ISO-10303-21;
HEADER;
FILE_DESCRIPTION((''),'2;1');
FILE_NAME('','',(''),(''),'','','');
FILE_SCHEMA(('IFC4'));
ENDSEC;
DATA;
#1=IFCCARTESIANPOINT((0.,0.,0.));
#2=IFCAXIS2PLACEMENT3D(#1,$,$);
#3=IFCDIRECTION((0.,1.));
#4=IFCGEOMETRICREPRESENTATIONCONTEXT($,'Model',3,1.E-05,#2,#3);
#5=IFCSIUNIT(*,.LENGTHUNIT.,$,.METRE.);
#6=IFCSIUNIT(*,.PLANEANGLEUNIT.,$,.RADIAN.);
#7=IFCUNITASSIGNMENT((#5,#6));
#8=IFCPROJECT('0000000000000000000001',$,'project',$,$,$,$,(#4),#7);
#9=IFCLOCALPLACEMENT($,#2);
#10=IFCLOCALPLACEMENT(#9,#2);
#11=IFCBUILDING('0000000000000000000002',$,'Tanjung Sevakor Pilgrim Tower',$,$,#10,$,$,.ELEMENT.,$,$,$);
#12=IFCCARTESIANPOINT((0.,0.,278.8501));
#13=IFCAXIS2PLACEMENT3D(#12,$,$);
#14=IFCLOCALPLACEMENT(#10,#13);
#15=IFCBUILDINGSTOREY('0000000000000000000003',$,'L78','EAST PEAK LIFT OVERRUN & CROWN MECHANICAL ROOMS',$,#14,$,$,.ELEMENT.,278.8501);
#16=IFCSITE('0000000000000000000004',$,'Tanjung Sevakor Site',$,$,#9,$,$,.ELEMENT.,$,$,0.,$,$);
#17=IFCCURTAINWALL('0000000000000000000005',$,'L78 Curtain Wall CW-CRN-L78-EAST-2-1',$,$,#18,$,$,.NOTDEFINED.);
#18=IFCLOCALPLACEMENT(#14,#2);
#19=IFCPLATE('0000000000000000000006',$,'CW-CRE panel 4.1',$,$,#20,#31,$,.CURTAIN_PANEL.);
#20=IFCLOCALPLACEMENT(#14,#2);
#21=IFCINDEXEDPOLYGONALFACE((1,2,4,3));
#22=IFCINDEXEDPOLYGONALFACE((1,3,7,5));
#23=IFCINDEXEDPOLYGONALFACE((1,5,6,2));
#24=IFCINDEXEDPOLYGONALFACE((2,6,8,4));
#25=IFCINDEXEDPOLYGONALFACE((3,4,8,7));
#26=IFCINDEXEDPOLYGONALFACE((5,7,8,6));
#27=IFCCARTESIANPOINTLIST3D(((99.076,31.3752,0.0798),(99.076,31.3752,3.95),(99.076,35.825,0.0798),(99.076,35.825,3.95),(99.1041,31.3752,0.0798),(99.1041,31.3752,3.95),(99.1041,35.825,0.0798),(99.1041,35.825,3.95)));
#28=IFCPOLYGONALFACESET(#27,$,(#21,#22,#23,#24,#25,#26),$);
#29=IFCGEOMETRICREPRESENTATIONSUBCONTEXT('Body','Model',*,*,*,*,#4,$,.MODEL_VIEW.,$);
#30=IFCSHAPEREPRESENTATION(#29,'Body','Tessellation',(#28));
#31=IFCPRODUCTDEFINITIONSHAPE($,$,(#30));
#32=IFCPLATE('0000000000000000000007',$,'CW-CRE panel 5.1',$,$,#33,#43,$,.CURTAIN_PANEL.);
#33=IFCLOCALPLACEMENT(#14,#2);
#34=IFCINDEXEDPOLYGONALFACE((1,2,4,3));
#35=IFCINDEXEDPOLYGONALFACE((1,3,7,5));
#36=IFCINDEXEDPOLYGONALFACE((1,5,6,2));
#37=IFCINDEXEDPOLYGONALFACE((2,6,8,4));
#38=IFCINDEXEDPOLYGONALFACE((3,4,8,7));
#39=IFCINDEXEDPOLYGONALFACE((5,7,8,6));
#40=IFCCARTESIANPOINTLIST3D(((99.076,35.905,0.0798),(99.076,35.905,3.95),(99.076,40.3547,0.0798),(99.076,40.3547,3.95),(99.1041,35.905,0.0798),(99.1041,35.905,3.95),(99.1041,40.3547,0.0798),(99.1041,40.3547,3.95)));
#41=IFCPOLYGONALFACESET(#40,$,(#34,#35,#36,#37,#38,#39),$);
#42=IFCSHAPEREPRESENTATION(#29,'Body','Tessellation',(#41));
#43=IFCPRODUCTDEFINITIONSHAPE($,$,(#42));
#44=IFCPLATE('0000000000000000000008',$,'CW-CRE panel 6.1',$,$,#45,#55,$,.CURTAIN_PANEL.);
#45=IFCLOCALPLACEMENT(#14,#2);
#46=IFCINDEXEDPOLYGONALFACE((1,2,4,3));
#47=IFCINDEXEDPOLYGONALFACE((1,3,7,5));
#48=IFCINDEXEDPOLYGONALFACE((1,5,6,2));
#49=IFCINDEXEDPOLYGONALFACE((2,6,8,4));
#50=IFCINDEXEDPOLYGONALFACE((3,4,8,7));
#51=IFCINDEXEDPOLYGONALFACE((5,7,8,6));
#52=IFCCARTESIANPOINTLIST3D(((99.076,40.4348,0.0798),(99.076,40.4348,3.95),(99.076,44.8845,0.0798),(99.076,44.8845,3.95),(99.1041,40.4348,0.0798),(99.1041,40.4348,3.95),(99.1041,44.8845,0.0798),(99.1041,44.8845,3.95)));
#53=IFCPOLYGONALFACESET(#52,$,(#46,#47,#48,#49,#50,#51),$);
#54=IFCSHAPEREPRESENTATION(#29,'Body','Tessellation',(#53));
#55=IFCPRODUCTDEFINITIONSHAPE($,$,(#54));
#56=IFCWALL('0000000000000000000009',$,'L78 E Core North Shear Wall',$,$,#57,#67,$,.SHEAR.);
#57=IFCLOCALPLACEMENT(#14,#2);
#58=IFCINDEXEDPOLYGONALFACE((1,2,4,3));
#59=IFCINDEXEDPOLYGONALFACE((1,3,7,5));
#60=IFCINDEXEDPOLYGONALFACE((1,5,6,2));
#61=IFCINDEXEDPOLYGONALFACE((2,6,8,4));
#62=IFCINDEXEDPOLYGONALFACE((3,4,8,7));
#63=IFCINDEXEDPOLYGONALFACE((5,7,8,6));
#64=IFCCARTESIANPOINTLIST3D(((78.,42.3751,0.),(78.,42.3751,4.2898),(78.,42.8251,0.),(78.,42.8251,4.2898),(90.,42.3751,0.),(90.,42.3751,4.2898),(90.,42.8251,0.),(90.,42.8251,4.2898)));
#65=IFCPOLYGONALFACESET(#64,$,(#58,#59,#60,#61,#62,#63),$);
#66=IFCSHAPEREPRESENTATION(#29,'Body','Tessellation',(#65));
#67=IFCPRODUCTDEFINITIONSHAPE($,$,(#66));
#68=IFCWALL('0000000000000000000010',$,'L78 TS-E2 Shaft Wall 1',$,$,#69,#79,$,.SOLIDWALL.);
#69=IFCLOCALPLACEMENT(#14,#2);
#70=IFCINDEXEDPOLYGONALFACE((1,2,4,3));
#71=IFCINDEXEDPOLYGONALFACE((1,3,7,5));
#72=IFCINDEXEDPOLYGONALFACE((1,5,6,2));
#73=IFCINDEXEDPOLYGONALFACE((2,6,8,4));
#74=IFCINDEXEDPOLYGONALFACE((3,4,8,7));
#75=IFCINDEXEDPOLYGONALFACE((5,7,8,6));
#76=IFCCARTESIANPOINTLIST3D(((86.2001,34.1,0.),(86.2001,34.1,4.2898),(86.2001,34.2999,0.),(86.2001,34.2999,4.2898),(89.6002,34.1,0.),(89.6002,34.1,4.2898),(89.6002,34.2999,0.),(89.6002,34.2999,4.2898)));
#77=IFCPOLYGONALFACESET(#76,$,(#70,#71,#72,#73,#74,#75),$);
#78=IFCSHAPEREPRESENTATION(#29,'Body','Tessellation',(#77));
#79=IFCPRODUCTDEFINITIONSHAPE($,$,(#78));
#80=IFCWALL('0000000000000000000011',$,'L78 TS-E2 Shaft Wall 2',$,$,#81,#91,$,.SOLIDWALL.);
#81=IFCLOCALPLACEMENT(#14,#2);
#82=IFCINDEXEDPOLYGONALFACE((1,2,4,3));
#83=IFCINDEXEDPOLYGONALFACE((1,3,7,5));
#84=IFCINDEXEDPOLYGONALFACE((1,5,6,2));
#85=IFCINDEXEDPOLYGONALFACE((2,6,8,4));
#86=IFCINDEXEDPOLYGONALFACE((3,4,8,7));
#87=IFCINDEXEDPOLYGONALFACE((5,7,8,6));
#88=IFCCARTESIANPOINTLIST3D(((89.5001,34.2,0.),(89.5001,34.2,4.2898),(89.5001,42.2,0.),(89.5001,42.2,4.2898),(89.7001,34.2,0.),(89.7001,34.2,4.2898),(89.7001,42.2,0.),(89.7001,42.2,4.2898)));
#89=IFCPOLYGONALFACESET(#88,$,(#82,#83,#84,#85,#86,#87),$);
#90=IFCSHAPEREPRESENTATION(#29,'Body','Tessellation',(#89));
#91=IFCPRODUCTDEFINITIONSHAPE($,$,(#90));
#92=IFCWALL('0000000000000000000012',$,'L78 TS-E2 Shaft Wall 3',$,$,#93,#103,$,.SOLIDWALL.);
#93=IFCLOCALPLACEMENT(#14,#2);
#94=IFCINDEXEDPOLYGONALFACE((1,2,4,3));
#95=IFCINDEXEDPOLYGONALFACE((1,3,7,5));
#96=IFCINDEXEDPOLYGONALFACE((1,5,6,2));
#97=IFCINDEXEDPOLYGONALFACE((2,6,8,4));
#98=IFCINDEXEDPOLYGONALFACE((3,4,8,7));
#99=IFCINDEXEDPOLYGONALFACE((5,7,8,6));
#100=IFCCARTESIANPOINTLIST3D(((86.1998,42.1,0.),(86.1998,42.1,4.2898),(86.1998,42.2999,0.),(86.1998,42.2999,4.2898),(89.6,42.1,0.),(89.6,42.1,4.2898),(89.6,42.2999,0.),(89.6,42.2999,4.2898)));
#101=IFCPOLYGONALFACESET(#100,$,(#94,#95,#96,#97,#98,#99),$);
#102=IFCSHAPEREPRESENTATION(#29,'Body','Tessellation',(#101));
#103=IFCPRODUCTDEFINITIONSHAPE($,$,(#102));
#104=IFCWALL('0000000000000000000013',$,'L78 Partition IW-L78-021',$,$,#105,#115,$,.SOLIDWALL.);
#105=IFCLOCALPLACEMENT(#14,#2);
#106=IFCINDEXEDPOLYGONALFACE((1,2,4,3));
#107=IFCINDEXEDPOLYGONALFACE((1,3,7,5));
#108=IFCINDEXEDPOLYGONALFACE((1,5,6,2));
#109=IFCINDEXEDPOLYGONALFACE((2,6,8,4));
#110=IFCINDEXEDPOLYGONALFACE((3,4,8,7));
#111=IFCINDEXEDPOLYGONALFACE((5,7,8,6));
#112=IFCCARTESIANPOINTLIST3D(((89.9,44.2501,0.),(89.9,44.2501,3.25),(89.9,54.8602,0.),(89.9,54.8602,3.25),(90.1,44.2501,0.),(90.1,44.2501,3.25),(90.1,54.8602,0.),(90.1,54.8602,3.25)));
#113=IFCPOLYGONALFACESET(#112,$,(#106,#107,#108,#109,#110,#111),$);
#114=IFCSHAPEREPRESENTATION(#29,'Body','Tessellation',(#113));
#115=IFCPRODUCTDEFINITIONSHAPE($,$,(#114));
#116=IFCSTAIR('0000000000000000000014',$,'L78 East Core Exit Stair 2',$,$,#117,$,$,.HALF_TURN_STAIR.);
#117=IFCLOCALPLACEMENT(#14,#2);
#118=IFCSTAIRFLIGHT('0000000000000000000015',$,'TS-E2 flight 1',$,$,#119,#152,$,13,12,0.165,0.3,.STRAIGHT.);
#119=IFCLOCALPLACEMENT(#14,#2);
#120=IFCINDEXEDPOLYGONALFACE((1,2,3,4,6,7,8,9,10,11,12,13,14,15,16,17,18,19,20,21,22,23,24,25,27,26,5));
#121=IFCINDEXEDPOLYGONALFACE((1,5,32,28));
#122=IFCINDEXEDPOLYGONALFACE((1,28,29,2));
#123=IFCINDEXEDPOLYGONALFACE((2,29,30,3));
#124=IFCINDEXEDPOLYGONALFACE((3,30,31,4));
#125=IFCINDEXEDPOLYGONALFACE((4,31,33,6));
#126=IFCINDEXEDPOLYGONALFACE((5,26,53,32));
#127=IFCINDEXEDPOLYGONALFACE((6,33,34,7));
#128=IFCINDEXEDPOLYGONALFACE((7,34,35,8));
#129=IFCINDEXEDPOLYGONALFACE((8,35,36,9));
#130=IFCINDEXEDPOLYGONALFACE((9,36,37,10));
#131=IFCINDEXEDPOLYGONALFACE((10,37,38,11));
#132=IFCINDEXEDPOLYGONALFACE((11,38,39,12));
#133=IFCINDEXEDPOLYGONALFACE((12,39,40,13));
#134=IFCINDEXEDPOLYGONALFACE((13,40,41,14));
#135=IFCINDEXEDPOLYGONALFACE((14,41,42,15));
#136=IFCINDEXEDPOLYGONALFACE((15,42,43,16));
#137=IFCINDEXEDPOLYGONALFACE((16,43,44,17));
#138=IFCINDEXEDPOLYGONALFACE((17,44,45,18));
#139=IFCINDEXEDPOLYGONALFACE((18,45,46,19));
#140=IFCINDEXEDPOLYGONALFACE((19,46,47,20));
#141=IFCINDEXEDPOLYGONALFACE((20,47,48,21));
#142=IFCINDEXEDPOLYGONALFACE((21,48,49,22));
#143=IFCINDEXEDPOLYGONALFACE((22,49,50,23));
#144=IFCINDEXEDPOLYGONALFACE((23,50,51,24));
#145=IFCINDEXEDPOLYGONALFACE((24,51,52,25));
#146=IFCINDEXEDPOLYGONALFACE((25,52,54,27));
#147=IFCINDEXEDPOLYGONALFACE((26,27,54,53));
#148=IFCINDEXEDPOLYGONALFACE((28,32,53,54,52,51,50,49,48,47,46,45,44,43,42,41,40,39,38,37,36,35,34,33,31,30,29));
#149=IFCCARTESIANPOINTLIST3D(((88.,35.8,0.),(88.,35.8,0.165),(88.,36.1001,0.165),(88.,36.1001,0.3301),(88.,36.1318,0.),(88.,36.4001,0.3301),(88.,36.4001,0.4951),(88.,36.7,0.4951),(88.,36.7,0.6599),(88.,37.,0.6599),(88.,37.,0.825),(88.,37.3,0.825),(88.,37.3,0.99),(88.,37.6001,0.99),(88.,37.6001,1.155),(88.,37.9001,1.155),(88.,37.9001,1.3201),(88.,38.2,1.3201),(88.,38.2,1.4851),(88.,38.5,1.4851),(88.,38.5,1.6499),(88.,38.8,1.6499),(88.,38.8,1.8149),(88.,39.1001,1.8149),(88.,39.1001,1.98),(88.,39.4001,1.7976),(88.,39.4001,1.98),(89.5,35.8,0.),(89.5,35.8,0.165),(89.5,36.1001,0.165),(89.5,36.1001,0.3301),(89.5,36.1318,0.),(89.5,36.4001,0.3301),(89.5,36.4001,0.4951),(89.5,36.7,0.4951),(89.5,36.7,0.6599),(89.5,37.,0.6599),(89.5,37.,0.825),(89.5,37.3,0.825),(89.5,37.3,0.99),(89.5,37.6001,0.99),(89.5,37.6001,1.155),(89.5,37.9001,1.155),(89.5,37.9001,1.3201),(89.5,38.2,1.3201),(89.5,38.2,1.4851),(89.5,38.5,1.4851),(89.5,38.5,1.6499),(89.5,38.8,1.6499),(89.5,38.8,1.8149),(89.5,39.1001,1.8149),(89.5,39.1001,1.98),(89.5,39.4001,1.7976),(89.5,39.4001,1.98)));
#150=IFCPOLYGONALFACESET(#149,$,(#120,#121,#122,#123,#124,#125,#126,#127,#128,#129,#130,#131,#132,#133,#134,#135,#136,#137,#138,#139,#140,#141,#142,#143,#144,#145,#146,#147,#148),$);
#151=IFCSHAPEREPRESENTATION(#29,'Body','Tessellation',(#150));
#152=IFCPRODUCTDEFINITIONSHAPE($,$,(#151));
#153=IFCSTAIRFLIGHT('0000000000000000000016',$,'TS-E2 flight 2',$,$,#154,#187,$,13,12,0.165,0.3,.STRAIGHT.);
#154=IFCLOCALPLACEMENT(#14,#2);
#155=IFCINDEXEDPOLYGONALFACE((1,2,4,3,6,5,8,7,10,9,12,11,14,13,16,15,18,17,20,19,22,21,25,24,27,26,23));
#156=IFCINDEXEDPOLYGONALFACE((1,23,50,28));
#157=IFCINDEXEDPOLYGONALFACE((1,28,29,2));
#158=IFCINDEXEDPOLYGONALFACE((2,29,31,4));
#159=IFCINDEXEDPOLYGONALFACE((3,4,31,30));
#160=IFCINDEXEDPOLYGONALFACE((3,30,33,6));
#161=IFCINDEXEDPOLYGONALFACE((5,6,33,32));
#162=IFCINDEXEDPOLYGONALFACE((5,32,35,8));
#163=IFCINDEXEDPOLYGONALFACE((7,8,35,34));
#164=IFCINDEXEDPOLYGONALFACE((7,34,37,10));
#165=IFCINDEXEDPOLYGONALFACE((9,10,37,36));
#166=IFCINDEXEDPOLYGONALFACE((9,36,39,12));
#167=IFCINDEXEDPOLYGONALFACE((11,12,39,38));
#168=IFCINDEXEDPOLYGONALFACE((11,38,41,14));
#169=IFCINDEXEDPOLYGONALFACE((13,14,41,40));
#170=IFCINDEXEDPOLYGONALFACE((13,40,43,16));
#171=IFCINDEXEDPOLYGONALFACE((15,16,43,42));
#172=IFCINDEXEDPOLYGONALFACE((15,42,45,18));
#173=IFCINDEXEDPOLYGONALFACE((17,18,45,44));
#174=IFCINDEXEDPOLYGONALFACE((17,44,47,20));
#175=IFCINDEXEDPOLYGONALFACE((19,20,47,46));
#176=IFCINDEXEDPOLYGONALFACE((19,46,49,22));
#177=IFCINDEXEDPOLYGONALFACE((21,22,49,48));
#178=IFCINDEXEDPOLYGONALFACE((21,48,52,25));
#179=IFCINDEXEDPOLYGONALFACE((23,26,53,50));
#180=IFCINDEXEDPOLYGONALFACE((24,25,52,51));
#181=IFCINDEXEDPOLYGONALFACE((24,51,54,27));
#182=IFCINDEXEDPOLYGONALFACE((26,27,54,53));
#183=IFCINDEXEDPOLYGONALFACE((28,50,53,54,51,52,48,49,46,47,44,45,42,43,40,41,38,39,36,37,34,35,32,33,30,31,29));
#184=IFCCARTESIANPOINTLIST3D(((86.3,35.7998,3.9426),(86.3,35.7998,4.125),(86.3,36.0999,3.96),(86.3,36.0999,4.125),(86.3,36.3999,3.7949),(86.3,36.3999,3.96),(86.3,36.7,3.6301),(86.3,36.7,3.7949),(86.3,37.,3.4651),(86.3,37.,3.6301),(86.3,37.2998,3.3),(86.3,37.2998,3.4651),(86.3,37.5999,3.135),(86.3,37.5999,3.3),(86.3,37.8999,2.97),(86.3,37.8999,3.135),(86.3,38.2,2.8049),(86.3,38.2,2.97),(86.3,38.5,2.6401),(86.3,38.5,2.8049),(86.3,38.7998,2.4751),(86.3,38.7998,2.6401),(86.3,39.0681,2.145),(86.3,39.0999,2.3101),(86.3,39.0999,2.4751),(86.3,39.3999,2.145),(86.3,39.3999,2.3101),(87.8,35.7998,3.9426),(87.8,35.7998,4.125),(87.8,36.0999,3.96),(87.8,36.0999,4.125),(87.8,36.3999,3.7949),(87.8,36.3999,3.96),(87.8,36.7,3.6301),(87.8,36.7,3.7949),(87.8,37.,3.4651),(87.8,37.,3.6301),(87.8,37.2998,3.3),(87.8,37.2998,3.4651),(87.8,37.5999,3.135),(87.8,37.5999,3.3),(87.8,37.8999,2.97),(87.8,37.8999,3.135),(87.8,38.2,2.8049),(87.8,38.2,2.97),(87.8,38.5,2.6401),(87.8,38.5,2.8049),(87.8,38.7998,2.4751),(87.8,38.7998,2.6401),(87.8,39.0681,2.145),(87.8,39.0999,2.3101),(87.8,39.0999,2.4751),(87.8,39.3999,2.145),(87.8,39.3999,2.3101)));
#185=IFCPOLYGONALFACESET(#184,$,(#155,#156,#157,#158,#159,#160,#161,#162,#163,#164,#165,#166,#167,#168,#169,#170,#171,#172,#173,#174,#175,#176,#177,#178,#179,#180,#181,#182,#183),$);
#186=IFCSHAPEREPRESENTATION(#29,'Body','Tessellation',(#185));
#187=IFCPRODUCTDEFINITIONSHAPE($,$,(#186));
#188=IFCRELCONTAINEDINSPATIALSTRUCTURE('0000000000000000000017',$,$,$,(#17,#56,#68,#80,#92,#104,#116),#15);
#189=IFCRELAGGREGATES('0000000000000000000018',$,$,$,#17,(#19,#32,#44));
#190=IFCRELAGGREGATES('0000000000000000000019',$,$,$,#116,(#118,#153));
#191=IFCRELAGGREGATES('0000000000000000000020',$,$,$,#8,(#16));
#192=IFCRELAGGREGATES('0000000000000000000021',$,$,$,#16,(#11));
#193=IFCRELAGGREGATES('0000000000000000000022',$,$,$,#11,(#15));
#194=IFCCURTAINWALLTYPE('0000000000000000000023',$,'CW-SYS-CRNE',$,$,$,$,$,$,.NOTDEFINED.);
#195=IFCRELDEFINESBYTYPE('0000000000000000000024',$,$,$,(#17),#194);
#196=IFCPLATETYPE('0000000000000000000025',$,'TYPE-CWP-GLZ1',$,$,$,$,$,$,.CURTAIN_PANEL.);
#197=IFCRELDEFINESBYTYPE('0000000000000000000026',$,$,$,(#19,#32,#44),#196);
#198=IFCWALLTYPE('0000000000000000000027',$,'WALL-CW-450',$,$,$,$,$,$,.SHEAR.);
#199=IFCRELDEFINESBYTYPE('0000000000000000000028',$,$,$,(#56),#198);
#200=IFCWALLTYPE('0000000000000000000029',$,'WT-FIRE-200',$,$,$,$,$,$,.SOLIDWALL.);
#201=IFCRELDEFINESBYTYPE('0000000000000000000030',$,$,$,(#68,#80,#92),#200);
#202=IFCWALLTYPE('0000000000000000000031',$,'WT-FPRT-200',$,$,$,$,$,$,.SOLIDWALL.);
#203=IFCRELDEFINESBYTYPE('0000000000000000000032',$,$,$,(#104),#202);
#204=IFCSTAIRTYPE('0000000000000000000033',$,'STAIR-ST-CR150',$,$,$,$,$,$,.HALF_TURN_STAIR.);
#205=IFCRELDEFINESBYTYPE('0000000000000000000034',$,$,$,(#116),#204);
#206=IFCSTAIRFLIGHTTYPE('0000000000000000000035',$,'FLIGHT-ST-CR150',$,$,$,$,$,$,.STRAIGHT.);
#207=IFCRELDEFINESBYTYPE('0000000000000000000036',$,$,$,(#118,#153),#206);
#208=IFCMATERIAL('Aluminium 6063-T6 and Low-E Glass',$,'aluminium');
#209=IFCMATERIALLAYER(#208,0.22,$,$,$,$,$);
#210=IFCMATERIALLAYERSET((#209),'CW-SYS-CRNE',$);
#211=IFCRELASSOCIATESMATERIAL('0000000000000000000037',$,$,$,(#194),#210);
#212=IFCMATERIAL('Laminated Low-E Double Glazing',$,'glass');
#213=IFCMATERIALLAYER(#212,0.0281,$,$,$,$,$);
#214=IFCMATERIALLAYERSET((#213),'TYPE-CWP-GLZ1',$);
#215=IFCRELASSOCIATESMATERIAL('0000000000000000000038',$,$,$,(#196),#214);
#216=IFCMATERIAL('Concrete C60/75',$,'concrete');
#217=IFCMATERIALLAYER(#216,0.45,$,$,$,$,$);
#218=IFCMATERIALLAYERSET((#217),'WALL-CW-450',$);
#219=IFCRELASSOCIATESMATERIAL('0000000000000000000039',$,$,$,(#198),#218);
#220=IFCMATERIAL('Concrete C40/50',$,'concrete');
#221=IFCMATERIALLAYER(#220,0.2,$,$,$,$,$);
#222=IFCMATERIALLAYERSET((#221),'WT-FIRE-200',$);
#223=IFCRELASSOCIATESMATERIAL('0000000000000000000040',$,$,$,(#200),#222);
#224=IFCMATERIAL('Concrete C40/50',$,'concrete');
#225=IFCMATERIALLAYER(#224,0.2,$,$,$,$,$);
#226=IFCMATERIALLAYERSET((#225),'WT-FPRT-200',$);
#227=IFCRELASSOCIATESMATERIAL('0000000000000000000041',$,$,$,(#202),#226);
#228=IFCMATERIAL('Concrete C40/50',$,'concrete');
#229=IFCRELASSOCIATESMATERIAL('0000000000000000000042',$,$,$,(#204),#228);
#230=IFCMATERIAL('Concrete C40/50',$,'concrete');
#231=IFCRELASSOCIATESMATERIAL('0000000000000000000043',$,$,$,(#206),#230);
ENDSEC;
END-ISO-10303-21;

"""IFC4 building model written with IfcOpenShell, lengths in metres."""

from ifc_helpers import new_model, si_unit, direction, frame, frame_2d, origin, origin_2d, place, context, subcontext, project, spatial, polyline, rectangle, outline, extrude, material, layer, layer_set, type_object, element, aggregate, save


model = new_model("IFC4")

# Units and contexts
model_context = context("Model", 3, precision=1e-05, world=origin(), true_north=direction((0.0, 1.0)))
body_context = subcontext(model_context, "Body", "Model", "MODEL_VIEW")
ifc_project = project(units=[si_unit("LENGTHUNIT", "METRE"), si_unit("PLANEANGLEUNIT", "RADIAN")], contexts=[model_context])

# Site, building, storey
site_placement = place(None, origin())
site = spatial("IfcSite", under=ifc_project, at=site_placement, Name="Tanjung Sevakor Site", CompositionType="ELEMENT", RefElevation=0.0)
building_placement = place(site_placement, origin())
building = spatial("IfcBuilding", under=site, at=building_placement, Name="Tanjung Sevakor Pilgrim Tower", CompositionType="ELEMENT")
storey_placement = place(building_placement, frame((0.0, 0.0, 278.8501)))
storey = spatial("IfcBuildingStorey", under=building, at=storey_placement, Name="L78", Description="EAST PEAK LIFT OVERRUN & CROWN MECHANICAL ROOMS", CompositionType="ELEMENT", Elevation=278.8501)

# Curtain wall, plates
ifc_material_1 = material(Name="Aluminium 6063-T6 and Low-E Glass", Category="aluminium")
ifc_layer_1 = layer(ifc_material_1, 0.22)
ifc_layer_set_1 = layer_set([ifc_layer_1], Name="CW-SYS-CRNE")
curtain_wall_type = type_object("IfcCurtainWallType", Name="CW-SYS-CRNE", PredefinedType="NOTDEFINED", material=ifc_layer_set_1)
curtain_wall_placement = place(storey_placement, origin())
curtain_wall = element("IfcCurtainWall", 1, at=curtain_wall_placement, inside=storey, type_object=curtain_wall_type, Name="L78 Curtain Wall CW-CRN-L78-EAST-2-1", PredefinedType="NOTDEFINED")
ifc_material_2 = material(Name="Laminated Low-E Double Glazing", Category="glass")
ifc_layer_2 = layer(ifc_material_2, 0.0281)
ifc_layer_set_2 = layer_set([ifc_layer_2], Name="TYPE-CWP-GLZ1")
plate_type = type_object("IfcPlateType", Name="TYPE-CWP-GLZ1", PredefinedType="CURTAIN_PANEL", material=ifc_layer_set_2)
plate_1_placement = place(storey_placement, frame((99.0901, 33.6001, 0.0798), z_axis=(0.0, 0.0, 1.0), x_axis=(0.0, 1.0, 0.0)))
plate_1 = element("IfcPlate", 2, at=plate_1_placement, type_object=plate_type, Name="CW-CRE panel 4.1", PredefinedType="CURTAIN_PANEL", context=body_context, shape_type="SweptSolid", body=[
    extrude(rectangle(XDim=4.4497, YDim=0.0281, at=origin_2d()), origin(), (0.0, 0.0, 1.0), 3.8701),
])
plate_2_placement = place(storey_placement, frame((99.0901, 38.1299, 0.0798), z_axis=(0.0, 0.0, 1.0), x_axis=(0.0, 1.0, 0.0)))
plate_2 = element("IfcPlate", 3, at=plate_2_placement, type_object=plate_type, Name="CW-CRE panel 5.1", PredefinedType="CURTAIN_PANEL", context=body_context, shape_type="SweptSolid", body=[
    extrude(rectangle(XDim=4.4497, YDim=0.0281, at=origin_2d()), origin(), (0.0, 0.0, 1.0), 3.8701),
])
plate_3_placement = place(storey_placement, frame((99.0901, 42.6597, 0.0798), z_axis=(0.0, 0.0, 1.0), x_axis=(0.0, 1.0, 0.0)))
plate_3 = element("IfcPlate", 4, at=plate_3_placement, type_object=plate_type, Name="CW-CRE panel 6.1", PredefinedType="CURTAIN_PANEL", context=body_context, shape_type="SweptSolid", body=[
    extrude(rectangle(XDim=4.4497, YDim=0.0281, at=origin_2d()), origin(), (0.0, 0.0, 1.0), 3.8701),
])
aggregate(curtain_wall, [plate_1, plate_2, plate_3])

# Walls
ifc_material_3 = material(Name="Concrete C60/75", Category="concrete")
ifc_layer_3 = layer(ifc_material_3, 0.45)
ifc_layer_set_3 = layer_set([ifc_layer_3], Name="WALL-CW-450")
wall_type_1 = type_object("IfcWallType", Name="WALL-CW-450", PredefinedType="SHEAR", material=ifc_layer_set_3)
wall_1_placement = place(storey_placement, frame((90.0, 42.6001, 0.0), z_axis=(0.0, 0.0, 1.0), x_axis=(-1.0, 0.0, 0.0)))
element("IfcWall", 5, at=wall_1_placement, inside=storey, type_object=wall_type_1, Name="L78 E Core North Shear Wall", PredefinedType="SHEAR", context=body_context, shape_type="SweptSolid", body=[
    extrude(rectangle(XDim=12.0, YDim=0.45, at=frame_2d((6.0, 0.0))), origin(), (0.0, 0.0, 1.0), 4.2898),
])
ifc_material_4 = material(Name="Concrete C40/50", Category="concrete")
ifc_layer_4 = layer(ifc_material_4, 0.2)
ifc_layer_set_4 = layer_set([ifc_layer_4], Name="WT-FIRE-200")
wall_type_2 = type_object("IfcWallType", Name="WT-FIRE-200", PredefinedType="SOLIDWALL", material=ifc_layer_set_4)
wall_2_placement = place(storey_placement, frame((86.2, 34.2, 0.0), z_axis=(0.0, 0.0, 1.0), x_axis=(1.0, 0.0, 0.0)))
element("IfcWall", 6, at=wall_2_placement, inside=storey, type_object=wall_type_2, Name="L78 TS-E2 Shaft Wall 1", PredefinedType="SOLIDWALL", context=body_context, shape_type="SweptSolid", body=[
    extrude(rectangle(XDim=3.4001, YDim=0.2, at=frame_2d((1.7002, 0.0))), origin(), (0.0, 0.0, 1.0), 4.2898),
])
wall_3_placement = place(storey_placement, frame((89.6001, 34.2, 0.0), z_axis=(0.0, 0.0, 1.0), x_axis=(0.0, 1.0, 0.0)))
element("IfcWall", 7, at=wall_3_placement, inside=storey, type_object=wall_type_2, Name="L78 TS-E2 Shaft Wall 2", PredefinedType="SOLIDWALL", context=body_context, shape_type="SweptSolid", body=[
    extrude(rectangle(XDim=8.0, YDim=0.2, at=frame_2d((4.0, 0.0))), origin(), (0.0, 0.0, 1.0), 4.2898),
])
wall_4_placement = place(storey_placement, frame((89.6001, 42.2, 0.0), z_axis=(0.0, 0.0, 1.0), x_axis=(-1.0, 0.0, 0.0)))
element("IfcWall", 8, at=wall_4_placement, inside=storey, type_object=wall_type_2, Name="L78 TS-E2 Shaft Wall 3", PredefinedType="SOLIDWALL", context=body_context, shape_type="SweptSolid", body=[
    extrude(rectangle(XDim=3.4001, YDim=0.2, at=frame_2d((1.7002, 0.0))), origin(), (0.0, 0.0, 1.0), 4.2898),
])
ifc_material_5 = material(Name="Concrete C40/50", Category="concrete")
ifc_layer_5 = layer(ifc_material_5, 0.2)
ifc_layer_set_5 = layer_set([ifc_layer_5], Name="WT-FPRT-200")
wall_type_3 = type_object("IfcWallType", Name="WT-FPRT-200", PredefinedType="SOLIDWALL", material=ifc_layer_set_5)
wall_5_placement = place(storey_placement, frame((90.0, 44.25, 0.0), z_axis=(0.0, 0.0, 1.0), x_axis=(0.0, 1.0, 0.0)))
element("IfcWall", 9, at=wall_5_placement, inside=storey, type_object=wall_type_3, Name="L78 Partition IW-L78-021", PredefinedType="SOLIDWALL", context=body_context, shape_type="SweptSolid", body=[
    extrude(rectangle(XDim=10.6101, YDim=0.2, at=frame_2d((5.3052, 0.0))), origin(), (0.0, 0.0, 1.0), 3.25),
])

# Stair, stair flights
ifc_material_6 = material(Name="Concrete C40/50", Category="concrete")
stair_type = type_object("IfcStairType", Name="STAIR-ST-CR150", PredefinedType="HALF_TURN_STAIR", material=ifc_material_6)
stair_placement = place(storey_placement, origin())
stair = element("IfcStair", 10, at=stair_placement, inside=storey, type_object=stair_type, Name="L78 East Core Exit Stair 2", PredefinedType="HALF_TURN_STAIR")
ifc_material_7 = material(Name="Concrete C40/50", Category="concrete")
stair_flight_type = type_object("IfcStairFlightType", Name="FLIGHT-ST-CR150", PredefinedType="STRAIGHT", material=ifc_material_7)
stair_flight_1_placement = place(storey_placement, frame((88.75, 35.8, 0.0), z_axis=(0.0, 0.0, 1.0), x_axis=(0.0, 1.0, 0.0)))
stair_flight_1 = element("IfcStairFlight", 11, at=stair_flight_1_placement, type_object=stair_flight_type, Name="TS-E2 flight 1", NumberOfRisers=13, NumberOfTreads=12, PredefinedType="STRAIGHT", RiserHeight=0.165, TreadLength=0.3, context=body_context, shape_type="SweptSolid", body=[
    extrude(outline(polyline([(0.0, 0.0), (0.0, 0.165), (0.3, 0.165), (0.3, 0.3301), (0.6001, 0.3301), (0.6001, 0.4951), (0.8999, 0.4951), (0.8999, 0.6599), (1.2, 0.6599), (1.2, 0.825), (1.5, 0.825), (1.5, 0.99), (1.8, 0.99), (1.8, 1.155), (2.1001, 1.155), (2.1001, 1.3201), (2.3999, 1.3201), (2.3999, 1.4851), (2.7, 1.4851), (2.7, 1.6499), (3.0, 1.6499), (3.0, 1.8149), (3.3, 1.8149), (3.3, 1.98), (3.6001, 1.98), (3.6001, 2.145), (3.6001, 1.7976), (0.3318, 0.0), (0.0, 0.0)])), frame((0.0, 0.75, 0.0), z_axis=(0.0, -1.0, 0.0), x_axis=(1.0, 0.0, 0.0)), (0.0, 0.0, 1.0), 1.5),
])
stair_flight_2_placement = place(storey_placement, frame((87.05, 39.3999, 2.145), z_axis=(0.0, 0.0, 1.0), x_axis=(0.0, -1.0, 0.0)))
stair_flight_2 = element("IfcStairFlight", 12, at=stair_flight_2_placement, type_object=stair_flight_type, Name="TS-E2 flight 2", NumberOfRisers=13, NumberOfTreads=12, PredefinedType="STRAIGHT", RiserHeight=0.165, TreadLength=0.3, context=body_context, shape_type="SweptSolid", body=[
    extrude(outline(polyline([(0.0, 0.0), (0.0, 0.165), (0.3, 0.165), (0.3, 0.3301), (0.6001, 0.3301), (0.6001, 0.4951), (0.8999, 0.4951), (0.8999, 0.6599), (1.2, 0.6599), (1.2, 0.825), (1.5, 0.825), (1.5, 0.99), (1.8, 0.99), (1.8, 1.155), (2.1001, 1.155), (2.1001, 1.3201), (2.3999, 1.3201), (2.3999, 1.4851), (2.7, 1.4851), (2.7, 1.6499), (3.0, 1.6499), (3.0, 1.8149), (3.3, 1.8149), (3.3, 1.98), (3.6001, 1.98), (3.6001, 2.145), (3.6001, 1.7976), (0.3318, 0.0), (0.0, 0.0)])), frame((0.0, 0.75, 0.0), z_axis=(0.0, -1.0, 0.0), x_axis=(1.0, 0.0, 0.0)), (0.0, 0.0, 1.0), 1.5),
])
aggregate(stair, [stair_flight_1, stair_flight_2])

save(model, "model.ifc")
